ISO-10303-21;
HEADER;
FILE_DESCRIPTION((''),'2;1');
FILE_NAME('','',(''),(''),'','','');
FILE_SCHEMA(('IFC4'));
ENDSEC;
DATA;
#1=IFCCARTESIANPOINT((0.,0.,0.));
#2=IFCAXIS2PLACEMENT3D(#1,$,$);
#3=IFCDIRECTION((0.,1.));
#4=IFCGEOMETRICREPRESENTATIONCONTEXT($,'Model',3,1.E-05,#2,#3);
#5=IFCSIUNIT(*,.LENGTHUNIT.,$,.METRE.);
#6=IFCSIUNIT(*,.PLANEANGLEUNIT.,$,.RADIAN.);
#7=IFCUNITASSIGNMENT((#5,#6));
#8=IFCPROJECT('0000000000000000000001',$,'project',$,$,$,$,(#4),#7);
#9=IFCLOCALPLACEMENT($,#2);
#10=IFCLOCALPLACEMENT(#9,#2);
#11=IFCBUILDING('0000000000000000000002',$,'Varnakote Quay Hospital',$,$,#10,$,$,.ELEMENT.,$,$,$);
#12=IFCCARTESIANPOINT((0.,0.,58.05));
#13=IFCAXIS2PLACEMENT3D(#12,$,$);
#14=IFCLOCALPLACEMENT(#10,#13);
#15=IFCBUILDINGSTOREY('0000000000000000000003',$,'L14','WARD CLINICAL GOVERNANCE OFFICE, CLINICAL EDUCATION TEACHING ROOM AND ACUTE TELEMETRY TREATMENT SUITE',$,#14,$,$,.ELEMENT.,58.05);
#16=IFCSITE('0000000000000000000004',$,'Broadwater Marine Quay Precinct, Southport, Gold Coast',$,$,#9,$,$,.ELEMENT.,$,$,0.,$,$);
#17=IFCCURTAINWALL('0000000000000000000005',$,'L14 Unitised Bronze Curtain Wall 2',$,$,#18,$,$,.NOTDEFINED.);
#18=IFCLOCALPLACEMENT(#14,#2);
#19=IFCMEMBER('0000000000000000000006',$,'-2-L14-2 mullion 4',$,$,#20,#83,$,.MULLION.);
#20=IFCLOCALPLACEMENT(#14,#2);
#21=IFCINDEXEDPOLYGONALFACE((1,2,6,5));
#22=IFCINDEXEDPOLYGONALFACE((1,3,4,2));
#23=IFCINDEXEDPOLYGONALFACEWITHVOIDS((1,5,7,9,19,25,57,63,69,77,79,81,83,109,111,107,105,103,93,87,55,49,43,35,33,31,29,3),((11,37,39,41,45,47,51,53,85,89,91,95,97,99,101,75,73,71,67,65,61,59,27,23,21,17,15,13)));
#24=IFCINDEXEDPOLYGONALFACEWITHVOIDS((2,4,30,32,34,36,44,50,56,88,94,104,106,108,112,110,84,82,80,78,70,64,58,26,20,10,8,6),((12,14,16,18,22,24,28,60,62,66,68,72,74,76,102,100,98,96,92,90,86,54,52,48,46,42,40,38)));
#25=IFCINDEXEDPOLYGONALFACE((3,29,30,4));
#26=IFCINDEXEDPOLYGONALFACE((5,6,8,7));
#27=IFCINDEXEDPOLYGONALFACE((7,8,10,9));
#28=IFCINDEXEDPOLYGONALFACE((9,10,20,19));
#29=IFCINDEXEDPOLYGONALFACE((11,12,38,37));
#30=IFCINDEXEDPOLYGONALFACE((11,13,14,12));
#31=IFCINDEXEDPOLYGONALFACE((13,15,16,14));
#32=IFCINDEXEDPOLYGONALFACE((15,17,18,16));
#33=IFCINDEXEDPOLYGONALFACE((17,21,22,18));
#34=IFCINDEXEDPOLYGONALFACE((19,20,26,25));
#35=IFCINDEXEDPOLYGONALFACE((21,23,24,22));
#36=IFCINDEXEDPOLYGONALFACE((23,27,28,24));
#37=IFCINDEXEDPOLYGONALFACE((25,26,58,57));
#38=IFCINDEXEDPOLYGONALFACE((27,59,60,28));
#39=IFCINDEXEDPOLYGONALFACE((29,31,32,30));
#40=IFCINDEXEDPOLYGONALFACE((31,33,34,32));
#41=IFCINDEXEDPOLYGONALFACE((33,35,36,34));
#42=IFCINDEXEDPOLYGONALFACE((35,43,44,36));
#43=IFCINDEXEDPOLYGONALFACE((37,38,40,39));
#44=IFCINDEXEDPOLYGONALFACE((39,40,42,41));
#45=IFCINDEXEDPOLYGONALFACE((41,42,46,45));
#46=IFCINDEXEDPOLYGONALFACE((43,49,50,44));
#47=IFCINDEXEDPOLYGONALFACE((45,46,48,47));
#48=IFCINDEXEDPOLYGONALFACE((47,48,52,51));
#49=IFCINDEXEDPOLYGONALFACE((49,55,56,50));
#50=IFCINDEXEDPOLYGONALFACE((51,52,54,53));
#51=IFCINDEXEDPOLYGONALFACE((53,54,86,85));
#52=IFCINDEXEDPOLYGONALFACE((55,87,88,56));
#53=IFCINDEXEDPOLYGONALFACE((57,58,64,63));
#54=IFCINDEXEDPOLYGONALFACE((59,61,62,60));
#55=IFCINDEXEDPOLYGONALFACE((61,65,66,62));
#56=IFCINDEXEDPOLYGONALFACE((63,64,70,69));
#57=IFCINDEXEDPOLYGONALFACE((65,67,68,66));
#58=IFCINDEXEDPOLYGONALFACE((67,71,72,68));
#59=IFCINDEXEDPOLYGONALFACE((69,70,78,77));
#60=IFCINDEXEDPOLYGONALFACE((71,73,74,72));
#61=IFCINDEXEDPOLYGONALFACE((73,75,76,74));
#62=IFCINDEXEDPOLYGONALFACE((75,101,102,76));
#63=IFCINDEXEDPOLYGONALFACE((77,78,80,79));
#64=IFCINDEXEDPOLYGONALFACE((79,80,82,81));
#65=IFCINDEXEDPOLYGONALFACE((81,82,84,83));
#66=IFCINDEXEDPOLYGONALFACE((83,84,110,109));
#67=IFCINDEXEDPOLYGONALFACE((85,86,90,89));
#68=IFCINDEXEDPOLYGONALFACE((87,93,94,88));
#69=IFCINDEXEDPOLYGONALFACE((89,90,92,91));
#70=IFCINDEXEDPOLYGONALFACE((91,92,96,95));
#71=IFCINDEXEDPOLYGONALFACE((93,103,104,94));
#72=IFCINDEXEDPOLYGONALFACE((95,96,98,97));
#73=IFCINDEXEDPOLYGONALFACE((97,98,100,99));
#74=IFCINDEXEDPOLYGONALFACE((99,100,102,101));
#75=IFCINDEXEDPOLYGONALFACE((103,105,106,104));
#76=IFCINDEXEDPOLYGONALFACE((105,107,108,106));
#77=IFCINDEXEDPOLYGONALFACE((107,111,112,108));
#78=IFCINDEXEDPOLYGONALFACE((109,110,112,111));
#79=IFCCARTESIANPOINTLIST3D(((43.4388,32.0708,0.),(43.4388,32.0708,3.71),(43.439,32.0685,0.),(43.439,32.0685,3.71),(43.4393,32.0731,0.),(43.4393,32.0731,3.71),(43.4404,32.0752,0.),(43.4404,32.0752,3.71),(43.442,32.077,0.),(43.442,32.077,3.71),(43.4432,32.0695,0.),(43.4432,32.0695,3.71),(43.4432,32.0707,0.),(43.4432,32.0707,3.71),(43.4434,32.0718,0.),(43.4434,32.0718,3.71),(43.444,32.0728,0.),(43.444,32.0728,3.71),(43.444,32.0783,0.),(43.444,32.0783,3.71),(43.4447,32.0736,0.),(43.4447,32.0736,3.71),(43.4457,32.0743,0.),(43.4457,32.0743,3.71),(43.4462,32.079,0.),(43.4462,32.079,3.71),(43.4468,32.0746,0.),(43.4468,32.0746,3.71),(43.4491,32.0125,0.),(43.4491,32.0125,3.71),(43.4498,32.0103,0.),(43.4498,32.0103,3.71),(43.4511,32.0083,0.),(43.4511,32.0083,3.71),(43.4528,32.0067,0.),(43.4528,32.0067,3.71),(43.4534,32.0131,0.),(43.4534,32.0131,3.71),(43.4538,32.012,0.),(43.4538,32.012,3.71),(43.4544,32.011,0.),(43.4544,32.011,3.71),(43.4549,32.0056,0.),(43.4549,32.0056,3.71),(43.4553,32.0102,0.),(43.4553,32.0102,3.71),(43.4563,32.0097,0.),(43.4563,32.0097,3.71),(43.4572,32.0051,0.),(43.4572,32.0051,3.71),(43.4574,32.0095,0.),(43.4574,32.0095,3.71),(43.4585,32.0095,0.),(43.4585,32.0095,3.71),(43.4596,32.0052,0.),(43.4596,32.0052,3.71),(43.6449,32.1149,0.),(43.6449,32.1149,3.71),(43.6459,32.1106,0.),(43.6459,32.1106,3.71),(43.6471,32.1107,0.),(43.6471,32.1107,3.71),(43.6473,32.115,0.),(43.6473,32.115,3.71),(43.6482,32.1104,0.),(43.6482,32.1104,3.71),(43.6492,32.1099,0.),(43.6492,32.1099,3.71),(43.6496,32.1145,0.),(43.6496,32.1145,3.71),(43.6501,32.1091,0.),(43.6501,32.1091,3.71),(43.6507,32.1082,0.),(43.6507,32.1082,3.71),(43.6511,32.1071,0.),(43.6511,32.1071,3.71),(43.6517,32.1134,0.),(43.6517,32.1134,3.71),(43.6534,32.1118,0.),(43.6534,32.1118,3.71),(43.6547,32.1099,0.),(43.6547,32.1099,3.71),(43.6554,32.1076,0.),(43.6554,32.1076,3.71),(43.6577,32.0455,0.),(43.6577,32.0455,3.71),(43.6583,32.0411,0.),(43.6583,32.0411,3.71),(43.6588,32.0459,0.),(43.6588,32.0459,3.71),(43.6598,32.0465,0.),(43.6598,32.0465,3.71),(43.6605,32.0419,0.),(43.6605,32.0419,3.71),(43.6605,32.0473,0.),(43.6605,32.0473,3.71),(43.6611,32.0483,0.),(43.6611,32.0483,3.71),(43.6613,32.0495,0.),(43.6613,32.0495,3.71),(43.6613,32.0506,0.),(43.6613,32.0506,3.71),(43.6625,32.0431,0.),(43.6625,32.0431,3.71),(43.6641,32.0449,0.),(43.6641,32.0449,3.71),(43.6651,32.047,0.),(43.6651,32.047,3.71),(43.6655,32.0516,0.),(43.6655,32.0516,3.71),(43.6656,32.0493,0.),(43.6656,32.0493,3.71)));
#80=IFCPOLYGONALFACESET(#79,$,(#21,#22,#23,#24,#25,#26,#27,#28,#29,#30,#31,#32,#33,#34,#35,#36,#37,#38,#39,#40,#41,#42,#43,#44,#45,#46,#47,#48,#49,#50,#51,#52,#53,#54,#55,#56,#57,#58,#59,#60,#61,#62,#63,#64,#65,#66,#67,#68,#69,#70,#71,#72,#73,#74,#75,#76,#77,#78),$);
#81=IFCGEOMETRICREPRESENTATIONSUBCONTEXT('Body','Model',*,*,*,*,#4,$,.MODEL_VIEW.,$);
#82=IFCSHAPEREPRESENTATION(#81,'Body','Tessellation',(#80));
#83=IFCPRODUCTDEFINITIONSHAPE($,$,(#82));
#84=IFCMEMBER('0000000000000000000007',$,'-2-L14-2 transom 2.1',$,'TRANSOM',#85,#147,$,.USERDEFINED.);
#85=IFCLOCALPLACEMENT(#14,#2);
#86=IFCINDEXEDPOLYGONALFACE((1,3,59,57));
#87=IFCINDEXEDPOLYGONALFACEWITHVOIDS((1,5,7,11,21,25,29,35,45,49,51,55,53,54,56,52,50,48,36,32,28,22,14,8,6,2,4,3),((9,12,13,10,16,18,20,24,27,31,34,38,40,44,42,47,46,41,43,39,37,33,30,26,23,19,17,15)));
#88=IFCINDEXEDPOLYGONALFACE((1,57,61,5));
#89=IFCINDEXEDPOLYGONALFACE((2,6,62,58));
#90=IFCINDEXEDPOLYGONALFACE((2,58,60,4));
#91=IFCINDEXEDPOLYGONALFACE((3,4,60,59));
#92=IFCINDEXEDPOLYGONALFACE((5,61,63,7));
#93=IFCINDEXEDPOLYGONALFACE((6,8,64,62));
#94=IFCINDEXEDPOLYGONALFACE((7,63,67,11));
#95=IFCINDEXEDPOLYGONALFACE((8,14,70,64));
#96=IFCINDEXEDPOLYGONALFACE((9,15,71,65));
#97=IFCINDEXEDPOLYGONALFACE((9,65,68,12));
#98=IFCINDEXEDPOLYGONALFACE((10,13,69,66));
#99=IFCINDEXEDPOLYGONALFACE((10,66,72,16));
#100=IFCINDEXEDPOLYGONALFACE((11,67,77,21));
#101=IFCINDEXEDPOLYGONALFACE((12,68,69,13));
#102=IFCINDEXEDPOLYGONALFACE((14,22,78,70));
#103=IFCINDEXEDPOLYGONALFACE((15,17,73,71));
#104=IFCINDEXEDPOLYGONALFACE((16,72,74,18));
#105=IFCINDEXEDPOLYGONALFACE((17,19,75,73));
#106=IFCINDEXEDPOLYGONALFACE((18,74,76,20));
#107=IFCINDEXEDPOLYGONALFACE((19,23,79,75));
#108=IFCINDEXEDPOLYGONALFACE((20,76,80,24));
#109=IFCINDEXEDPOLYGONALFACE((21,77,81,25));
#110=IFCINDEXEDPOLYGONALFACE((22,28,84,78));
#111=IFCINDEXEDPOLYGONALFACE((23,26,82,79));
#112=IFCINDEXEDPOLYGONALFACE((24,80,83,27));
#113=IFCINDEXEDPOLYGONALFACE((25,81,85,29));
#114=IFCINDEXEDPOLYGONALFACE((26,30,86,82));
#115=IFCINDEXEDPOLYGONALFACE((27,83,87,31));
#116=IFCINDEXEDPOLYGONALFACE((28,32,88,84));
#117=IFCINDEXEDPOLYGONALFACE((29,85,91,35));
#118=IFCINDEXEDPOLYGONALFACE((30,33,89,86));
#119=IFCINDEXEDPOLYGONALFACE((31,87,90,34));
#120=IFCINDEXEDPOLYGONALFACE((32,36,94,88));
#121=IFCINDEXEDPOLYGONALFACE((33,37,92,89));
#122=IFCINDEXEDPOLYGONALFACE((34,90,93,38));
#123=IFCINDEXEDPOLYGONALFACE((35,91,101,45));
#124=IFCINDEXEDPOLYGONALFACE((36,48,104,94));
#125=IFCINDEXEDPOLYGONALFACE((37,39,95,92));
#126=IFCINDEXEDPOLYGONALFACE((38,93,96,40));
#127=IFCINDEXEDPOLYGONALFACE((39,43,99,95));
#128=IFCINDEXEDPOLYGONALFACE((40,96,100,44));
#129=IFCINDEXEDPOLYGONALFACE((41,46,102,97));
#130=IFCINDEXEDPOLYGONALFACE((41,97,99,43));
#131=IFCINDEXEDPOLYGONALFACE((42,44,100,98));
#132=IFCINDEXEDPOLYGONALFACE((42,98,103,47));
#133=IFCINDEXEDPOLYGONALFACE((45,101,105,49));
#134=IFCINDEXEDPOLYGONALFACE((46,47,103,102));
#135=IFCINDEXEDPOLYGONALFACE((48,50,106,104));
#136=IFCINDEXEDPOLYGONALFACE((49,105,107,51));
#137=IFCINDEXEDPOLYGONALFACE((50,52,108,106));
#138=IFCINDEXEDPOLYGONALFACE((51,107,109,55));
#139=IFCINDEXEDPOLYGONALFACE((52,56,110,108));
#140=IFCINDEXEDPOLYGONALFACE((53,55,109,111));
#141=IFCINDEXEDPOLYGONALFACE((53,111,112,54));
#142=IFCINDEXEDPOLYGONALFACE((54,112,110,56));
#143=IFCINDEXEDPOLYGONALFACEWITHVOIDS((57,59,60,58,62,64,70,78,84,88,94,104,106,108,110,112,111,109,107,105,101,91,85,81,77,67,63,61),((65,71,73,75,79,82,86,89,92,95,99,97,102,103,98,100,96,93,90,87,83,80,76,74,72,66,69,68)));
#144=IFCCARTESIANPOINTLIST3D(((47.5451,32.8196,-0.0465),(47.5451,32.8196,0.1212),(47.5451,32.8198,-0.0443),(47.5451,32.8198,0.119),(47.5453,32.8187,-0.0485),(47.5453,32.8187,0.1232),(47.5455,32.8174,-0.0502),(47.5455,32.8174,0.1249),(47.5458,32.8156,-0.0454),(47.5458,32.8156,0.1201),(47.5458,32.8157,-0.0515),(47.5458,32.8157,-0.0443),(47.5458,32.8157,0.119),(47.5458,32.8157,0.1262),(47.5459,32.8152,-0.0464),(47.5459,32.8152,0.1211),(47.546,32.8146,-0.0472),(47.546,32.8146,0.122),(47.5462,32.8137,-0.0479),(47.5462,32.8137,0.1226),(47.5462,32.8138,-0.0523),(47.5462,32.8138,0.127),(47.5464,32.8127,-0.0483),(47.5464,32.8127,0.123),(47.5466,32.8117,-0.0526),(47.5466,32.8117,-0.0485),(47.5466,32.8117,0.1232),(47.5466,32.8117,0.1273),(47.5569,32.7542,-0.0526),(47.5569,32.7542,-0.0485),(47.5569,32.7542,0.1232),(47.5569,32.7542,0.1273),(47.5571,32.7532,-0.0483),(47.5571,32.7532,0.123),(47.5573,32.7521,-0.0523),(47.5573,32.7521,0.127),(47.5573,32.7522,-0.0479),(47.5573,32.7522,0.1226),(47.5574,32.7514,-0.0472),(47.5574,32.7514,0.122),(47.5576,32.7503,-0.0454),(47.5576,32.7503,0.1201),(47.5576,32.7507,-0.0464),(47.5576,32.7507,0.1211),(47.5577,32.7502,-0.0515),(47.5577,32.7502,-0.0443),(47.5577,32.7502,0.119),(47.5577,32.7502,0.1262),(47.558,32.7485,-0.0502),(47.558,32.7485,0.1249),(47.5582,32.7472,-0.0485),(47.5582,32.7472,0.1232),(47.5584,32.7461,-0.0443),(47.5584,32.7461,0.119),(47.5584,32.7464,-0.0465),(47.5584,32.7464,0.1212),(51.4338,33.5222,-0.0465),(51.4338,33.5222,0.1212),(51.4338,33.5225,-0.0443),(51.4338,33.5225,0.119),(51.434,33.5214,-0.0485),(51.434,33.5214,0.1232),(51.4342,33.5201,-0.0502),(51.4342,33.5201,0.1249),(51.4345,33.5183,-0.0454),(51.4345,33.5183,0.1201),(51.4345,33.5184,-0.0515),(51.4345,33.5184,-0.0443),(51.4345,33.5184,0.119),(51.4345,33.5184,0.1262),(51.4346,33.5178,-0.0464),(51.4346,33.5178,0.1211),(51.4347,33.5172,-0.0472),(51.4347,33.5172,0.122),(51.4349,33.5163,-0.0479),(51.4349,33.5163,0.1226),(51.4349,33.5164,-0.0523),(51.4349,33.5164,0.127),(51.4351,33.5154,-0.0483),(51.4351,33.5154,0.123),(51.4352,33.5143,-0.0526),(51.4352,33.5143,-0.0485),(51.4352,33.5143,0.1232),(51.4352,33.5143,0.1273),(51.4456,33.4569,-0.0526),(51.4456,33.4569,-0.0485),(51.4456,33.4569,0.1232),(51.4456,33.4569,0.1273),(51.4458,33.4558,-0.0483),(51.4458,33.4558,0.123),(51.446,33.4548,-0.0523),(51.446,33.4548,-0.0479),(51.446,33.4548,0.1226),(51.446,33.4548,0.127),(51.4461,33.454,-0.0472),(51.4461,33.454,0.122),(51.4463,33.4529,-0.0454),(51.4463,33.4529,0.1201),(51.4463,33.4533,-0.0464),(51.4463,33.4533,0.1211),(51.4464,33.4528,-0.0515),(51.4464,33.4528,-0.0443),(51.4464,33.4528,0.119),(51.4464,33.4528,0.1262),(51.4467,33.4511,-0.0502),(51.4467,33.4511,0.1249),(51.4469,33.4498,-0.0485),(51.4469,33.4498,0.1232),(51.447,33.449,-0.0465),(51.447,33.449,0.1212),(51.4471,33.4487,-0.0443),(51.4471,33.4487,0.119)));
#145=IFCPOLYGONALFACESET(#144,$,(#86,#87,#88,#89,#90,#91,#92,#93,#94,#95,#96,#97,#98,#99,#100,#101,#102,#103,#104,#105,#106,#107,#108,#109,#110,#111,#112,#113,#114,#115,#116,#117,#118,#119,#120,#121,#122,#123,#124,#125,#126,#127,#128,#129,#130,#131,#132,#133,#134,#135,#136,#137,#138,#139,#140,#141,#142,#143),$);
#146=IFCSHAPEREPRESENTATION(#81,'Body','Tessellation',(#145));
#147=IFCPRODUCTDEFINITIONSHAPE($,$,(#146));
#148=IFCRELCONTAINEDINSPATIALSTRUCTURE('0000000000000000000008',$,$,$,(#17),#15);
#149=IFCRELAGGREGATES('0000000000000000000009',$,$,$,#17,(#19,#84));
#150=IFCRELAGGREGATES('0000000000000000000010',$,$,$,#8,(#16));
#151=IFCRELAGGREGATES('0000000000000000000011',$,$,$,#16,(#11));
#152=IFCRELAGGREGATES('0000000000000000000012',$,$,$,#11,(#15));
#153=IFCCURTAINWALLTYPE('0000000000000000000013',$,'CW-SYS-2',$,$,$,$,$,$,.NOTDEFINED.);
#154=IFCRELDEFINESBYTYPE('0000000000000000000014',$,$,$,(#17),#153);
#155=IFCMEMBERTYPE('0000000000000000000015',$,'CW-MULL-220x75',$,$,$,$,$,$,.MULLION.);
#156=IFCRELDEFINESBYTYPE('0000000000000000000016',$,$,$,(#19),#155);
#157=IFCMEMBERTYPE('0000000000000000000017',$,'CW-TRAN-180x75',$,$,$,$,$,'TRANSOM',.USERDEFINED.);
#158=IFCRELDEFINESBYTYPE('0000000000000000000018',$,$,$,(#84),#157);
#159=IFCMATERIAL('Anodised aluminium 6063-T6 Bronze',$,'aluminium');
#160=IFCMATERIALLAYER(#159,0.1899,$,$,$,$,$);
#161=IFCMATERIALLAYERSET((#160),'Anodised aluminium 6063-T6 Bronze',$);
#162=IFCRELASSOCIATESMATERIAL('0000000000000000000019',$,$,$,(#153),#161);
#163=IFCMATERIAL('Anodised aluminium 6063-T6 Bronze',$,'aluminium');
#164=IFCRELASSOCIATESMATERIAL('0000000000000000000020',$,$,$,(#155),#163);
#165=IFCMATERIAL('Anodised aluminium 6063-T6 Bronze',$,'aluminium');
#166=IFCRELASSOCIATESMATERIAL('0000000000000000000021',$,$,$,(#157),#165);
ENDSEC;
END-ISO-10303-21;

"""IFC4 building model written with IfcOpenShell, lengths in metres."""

from ifc_helpers import new_model, si_unit, direction, frame, origin, origin_2d, place, context, subcontext, project, spatial, hollow_rectangle, extrude, material, layer, layer_set, material_profile, profile_set, type_object, element, aggregate, save


model = new_model("IFC4")

# Units and contexts
model_context = context("Model", 3, precision=1e-05, world=origin(), true_north=direction((0.0, 1.0)))
body_context = subcontext(model_context, "Body", "Model", "MODEL_VIEW")
ifc_project = project(units=[si_unit("LENGTHUNIT", "METRE"), si_unit("PLANEANGLEUNIT", "RADIAN")], contexts=[model_context])

# Site, building, storey
site_placement = place(None, origin())
site = spatial("IfcSite", under=ifc_project, at=site_placement, Name="Broadwater Marine Quay Precinct, Southport, Gold Coast", CompositionType="ELEMENT", RefElevation=0.0)
building_placement = place(site_placement, origin())
building = spatial("IfcBuilding", under=site, at=building_placement, Name="Varnakote Quay Hospital", CompositionType="ELEMENT")
storey_placement = place(building_placement, frame((0.0, 0.0, 58.05)))
storey = spatial("IfcBuildingStorey", under=building, at=storey_placement, Name="L14", Description="WARD CLINICAL GOVERNANCE OFFICE, CLINICAL EDUCATION TEACHING ROOM AND ACUTE TELEMETRY TREATMENT SUITE", CompositionType="ELEMENT", Elevation=58.05)

# Curtain wall, members
ifc_material_1 = material(Name="Anodised aluminium 6063-T6 Bronze", Category="aluminium")
ifc_layer_1 = layer(ifc_material_1, 0.1899)
ifc_layer_set_1 = layer_set([ifc_layer_1], Name="Anodised aluminium 6063-T6 Bronze")
curtain_wall_type = type_object("IfcCurtainWallType", Name="CW-SYS-2", PredefinedType="NOTDEFINED", material=ifc_layer_set_1)
curtain_wall_placement = place(storey_placement, origin())
curtain_wall = element("IfcCurtainWall", 1, at=curtain_wall_placement, inside=storey, type_object=curtain_wall_type, Name="L14 Unitised Bronze Curtain Wall 2", PredefinedType="NOTDEFINED")
ifc_material_2 = material(Name="Anodised aluminium 6063-T6 Bronze", Category="aluminium")
ifc_material_profile_1 = material_profile(ifc_material_2, hollow_rectangle(XDim=0.075, YDim=0.22, WallThickness=0.0044, InnerFilletRadius=0.0044, OuterFilletRadius=0.009, at=origin_2d()), Name="CW-MULL-220x75")
ifc_profile_set_1 = profile_set([ifc_material_profile_1], Name="Anodised aluminium 6063-T6 Bronze")
member_type_1 = type_object("IfcMemberType", Name="CW-MULL-220x75", PredefinedType="MULLION", material=ifc_profile_set_1)
member_1_placement = place(storey_placement, frame((43.5522, 32.0601, 0.0), z_axis=(0.0, 0.0, 1.0), x_axis=(0.177846, -0.984058, 0.0)))
member_1 = element("IfcMember", 2, at=member_1_placement, type_object=member_type_1, Name="-2-L14-2 mullion 4", PredefinedType="MULLION", context=body_context, shape_type="SweptSolid", body=[
    extrude(hollow_rectangle(XDim=0.075, YDim=0.22, WallThickness=0.0044, InnerFilletRadius=0.0044, OuterFilletRadius=0.009, at=origin_2d()), origin(), (0.0, 0.0, 1.0), 3.71),
])
ifc_material_3 = material(Name="Anodised aluminium 6063-T6 Bronze", Category="aluminium")
ifc_material_profile_2 = material_profile(ifc_material_3, hollow_rectangle(XDim=0.075, YDim=0.1799, WallThickness=0.0042, InnerFilletRadius=0.0042, OuterFilletRadius=0.0083, at=origin_2d()), Name="CW-TRAN-180x75")
ifc_profile_set_2 = profile_set([ifc_material_profile_2], Name="Anodised aluminium 6063-T6 Bronze")
member_type_2 = type_object("IfcMemberType", Name="CW-TRAN-180x75", ElementType="TRANSOM", PredefinedType="USERDEFINED", material=ifc_profile_set_2)
member_2_placement = place(storey_placement, frame((51.4404, 33.4856, 0.0374), z_axis=(-0.984065, -0.177809, 0.0), x_axis=(0.177809, -0.984065, 0.0)))
member_2 = element("IfcMember", 3, at=member_2_placement, type_object=member_type_2, Name="-2-L14-2 transom 2.1", ObjectType="TRANSOM", PredefinedType="USERDEFINED", context=body_context, shape_type="SweptSolid", body=[
    extrude(hollow_rectangle(XDim=0.075, YDim=0.1799, WallThickness=0.0042, InnerFilletRadius=0.0042, OuterFilletRadius=0.0083, at=origin_2d()), origin(), (0.0, 0.0, 1.0), 3.9517),
])
aggregate(curtain_wall, [member_1, member_2])

save(model, "model.ifc")
